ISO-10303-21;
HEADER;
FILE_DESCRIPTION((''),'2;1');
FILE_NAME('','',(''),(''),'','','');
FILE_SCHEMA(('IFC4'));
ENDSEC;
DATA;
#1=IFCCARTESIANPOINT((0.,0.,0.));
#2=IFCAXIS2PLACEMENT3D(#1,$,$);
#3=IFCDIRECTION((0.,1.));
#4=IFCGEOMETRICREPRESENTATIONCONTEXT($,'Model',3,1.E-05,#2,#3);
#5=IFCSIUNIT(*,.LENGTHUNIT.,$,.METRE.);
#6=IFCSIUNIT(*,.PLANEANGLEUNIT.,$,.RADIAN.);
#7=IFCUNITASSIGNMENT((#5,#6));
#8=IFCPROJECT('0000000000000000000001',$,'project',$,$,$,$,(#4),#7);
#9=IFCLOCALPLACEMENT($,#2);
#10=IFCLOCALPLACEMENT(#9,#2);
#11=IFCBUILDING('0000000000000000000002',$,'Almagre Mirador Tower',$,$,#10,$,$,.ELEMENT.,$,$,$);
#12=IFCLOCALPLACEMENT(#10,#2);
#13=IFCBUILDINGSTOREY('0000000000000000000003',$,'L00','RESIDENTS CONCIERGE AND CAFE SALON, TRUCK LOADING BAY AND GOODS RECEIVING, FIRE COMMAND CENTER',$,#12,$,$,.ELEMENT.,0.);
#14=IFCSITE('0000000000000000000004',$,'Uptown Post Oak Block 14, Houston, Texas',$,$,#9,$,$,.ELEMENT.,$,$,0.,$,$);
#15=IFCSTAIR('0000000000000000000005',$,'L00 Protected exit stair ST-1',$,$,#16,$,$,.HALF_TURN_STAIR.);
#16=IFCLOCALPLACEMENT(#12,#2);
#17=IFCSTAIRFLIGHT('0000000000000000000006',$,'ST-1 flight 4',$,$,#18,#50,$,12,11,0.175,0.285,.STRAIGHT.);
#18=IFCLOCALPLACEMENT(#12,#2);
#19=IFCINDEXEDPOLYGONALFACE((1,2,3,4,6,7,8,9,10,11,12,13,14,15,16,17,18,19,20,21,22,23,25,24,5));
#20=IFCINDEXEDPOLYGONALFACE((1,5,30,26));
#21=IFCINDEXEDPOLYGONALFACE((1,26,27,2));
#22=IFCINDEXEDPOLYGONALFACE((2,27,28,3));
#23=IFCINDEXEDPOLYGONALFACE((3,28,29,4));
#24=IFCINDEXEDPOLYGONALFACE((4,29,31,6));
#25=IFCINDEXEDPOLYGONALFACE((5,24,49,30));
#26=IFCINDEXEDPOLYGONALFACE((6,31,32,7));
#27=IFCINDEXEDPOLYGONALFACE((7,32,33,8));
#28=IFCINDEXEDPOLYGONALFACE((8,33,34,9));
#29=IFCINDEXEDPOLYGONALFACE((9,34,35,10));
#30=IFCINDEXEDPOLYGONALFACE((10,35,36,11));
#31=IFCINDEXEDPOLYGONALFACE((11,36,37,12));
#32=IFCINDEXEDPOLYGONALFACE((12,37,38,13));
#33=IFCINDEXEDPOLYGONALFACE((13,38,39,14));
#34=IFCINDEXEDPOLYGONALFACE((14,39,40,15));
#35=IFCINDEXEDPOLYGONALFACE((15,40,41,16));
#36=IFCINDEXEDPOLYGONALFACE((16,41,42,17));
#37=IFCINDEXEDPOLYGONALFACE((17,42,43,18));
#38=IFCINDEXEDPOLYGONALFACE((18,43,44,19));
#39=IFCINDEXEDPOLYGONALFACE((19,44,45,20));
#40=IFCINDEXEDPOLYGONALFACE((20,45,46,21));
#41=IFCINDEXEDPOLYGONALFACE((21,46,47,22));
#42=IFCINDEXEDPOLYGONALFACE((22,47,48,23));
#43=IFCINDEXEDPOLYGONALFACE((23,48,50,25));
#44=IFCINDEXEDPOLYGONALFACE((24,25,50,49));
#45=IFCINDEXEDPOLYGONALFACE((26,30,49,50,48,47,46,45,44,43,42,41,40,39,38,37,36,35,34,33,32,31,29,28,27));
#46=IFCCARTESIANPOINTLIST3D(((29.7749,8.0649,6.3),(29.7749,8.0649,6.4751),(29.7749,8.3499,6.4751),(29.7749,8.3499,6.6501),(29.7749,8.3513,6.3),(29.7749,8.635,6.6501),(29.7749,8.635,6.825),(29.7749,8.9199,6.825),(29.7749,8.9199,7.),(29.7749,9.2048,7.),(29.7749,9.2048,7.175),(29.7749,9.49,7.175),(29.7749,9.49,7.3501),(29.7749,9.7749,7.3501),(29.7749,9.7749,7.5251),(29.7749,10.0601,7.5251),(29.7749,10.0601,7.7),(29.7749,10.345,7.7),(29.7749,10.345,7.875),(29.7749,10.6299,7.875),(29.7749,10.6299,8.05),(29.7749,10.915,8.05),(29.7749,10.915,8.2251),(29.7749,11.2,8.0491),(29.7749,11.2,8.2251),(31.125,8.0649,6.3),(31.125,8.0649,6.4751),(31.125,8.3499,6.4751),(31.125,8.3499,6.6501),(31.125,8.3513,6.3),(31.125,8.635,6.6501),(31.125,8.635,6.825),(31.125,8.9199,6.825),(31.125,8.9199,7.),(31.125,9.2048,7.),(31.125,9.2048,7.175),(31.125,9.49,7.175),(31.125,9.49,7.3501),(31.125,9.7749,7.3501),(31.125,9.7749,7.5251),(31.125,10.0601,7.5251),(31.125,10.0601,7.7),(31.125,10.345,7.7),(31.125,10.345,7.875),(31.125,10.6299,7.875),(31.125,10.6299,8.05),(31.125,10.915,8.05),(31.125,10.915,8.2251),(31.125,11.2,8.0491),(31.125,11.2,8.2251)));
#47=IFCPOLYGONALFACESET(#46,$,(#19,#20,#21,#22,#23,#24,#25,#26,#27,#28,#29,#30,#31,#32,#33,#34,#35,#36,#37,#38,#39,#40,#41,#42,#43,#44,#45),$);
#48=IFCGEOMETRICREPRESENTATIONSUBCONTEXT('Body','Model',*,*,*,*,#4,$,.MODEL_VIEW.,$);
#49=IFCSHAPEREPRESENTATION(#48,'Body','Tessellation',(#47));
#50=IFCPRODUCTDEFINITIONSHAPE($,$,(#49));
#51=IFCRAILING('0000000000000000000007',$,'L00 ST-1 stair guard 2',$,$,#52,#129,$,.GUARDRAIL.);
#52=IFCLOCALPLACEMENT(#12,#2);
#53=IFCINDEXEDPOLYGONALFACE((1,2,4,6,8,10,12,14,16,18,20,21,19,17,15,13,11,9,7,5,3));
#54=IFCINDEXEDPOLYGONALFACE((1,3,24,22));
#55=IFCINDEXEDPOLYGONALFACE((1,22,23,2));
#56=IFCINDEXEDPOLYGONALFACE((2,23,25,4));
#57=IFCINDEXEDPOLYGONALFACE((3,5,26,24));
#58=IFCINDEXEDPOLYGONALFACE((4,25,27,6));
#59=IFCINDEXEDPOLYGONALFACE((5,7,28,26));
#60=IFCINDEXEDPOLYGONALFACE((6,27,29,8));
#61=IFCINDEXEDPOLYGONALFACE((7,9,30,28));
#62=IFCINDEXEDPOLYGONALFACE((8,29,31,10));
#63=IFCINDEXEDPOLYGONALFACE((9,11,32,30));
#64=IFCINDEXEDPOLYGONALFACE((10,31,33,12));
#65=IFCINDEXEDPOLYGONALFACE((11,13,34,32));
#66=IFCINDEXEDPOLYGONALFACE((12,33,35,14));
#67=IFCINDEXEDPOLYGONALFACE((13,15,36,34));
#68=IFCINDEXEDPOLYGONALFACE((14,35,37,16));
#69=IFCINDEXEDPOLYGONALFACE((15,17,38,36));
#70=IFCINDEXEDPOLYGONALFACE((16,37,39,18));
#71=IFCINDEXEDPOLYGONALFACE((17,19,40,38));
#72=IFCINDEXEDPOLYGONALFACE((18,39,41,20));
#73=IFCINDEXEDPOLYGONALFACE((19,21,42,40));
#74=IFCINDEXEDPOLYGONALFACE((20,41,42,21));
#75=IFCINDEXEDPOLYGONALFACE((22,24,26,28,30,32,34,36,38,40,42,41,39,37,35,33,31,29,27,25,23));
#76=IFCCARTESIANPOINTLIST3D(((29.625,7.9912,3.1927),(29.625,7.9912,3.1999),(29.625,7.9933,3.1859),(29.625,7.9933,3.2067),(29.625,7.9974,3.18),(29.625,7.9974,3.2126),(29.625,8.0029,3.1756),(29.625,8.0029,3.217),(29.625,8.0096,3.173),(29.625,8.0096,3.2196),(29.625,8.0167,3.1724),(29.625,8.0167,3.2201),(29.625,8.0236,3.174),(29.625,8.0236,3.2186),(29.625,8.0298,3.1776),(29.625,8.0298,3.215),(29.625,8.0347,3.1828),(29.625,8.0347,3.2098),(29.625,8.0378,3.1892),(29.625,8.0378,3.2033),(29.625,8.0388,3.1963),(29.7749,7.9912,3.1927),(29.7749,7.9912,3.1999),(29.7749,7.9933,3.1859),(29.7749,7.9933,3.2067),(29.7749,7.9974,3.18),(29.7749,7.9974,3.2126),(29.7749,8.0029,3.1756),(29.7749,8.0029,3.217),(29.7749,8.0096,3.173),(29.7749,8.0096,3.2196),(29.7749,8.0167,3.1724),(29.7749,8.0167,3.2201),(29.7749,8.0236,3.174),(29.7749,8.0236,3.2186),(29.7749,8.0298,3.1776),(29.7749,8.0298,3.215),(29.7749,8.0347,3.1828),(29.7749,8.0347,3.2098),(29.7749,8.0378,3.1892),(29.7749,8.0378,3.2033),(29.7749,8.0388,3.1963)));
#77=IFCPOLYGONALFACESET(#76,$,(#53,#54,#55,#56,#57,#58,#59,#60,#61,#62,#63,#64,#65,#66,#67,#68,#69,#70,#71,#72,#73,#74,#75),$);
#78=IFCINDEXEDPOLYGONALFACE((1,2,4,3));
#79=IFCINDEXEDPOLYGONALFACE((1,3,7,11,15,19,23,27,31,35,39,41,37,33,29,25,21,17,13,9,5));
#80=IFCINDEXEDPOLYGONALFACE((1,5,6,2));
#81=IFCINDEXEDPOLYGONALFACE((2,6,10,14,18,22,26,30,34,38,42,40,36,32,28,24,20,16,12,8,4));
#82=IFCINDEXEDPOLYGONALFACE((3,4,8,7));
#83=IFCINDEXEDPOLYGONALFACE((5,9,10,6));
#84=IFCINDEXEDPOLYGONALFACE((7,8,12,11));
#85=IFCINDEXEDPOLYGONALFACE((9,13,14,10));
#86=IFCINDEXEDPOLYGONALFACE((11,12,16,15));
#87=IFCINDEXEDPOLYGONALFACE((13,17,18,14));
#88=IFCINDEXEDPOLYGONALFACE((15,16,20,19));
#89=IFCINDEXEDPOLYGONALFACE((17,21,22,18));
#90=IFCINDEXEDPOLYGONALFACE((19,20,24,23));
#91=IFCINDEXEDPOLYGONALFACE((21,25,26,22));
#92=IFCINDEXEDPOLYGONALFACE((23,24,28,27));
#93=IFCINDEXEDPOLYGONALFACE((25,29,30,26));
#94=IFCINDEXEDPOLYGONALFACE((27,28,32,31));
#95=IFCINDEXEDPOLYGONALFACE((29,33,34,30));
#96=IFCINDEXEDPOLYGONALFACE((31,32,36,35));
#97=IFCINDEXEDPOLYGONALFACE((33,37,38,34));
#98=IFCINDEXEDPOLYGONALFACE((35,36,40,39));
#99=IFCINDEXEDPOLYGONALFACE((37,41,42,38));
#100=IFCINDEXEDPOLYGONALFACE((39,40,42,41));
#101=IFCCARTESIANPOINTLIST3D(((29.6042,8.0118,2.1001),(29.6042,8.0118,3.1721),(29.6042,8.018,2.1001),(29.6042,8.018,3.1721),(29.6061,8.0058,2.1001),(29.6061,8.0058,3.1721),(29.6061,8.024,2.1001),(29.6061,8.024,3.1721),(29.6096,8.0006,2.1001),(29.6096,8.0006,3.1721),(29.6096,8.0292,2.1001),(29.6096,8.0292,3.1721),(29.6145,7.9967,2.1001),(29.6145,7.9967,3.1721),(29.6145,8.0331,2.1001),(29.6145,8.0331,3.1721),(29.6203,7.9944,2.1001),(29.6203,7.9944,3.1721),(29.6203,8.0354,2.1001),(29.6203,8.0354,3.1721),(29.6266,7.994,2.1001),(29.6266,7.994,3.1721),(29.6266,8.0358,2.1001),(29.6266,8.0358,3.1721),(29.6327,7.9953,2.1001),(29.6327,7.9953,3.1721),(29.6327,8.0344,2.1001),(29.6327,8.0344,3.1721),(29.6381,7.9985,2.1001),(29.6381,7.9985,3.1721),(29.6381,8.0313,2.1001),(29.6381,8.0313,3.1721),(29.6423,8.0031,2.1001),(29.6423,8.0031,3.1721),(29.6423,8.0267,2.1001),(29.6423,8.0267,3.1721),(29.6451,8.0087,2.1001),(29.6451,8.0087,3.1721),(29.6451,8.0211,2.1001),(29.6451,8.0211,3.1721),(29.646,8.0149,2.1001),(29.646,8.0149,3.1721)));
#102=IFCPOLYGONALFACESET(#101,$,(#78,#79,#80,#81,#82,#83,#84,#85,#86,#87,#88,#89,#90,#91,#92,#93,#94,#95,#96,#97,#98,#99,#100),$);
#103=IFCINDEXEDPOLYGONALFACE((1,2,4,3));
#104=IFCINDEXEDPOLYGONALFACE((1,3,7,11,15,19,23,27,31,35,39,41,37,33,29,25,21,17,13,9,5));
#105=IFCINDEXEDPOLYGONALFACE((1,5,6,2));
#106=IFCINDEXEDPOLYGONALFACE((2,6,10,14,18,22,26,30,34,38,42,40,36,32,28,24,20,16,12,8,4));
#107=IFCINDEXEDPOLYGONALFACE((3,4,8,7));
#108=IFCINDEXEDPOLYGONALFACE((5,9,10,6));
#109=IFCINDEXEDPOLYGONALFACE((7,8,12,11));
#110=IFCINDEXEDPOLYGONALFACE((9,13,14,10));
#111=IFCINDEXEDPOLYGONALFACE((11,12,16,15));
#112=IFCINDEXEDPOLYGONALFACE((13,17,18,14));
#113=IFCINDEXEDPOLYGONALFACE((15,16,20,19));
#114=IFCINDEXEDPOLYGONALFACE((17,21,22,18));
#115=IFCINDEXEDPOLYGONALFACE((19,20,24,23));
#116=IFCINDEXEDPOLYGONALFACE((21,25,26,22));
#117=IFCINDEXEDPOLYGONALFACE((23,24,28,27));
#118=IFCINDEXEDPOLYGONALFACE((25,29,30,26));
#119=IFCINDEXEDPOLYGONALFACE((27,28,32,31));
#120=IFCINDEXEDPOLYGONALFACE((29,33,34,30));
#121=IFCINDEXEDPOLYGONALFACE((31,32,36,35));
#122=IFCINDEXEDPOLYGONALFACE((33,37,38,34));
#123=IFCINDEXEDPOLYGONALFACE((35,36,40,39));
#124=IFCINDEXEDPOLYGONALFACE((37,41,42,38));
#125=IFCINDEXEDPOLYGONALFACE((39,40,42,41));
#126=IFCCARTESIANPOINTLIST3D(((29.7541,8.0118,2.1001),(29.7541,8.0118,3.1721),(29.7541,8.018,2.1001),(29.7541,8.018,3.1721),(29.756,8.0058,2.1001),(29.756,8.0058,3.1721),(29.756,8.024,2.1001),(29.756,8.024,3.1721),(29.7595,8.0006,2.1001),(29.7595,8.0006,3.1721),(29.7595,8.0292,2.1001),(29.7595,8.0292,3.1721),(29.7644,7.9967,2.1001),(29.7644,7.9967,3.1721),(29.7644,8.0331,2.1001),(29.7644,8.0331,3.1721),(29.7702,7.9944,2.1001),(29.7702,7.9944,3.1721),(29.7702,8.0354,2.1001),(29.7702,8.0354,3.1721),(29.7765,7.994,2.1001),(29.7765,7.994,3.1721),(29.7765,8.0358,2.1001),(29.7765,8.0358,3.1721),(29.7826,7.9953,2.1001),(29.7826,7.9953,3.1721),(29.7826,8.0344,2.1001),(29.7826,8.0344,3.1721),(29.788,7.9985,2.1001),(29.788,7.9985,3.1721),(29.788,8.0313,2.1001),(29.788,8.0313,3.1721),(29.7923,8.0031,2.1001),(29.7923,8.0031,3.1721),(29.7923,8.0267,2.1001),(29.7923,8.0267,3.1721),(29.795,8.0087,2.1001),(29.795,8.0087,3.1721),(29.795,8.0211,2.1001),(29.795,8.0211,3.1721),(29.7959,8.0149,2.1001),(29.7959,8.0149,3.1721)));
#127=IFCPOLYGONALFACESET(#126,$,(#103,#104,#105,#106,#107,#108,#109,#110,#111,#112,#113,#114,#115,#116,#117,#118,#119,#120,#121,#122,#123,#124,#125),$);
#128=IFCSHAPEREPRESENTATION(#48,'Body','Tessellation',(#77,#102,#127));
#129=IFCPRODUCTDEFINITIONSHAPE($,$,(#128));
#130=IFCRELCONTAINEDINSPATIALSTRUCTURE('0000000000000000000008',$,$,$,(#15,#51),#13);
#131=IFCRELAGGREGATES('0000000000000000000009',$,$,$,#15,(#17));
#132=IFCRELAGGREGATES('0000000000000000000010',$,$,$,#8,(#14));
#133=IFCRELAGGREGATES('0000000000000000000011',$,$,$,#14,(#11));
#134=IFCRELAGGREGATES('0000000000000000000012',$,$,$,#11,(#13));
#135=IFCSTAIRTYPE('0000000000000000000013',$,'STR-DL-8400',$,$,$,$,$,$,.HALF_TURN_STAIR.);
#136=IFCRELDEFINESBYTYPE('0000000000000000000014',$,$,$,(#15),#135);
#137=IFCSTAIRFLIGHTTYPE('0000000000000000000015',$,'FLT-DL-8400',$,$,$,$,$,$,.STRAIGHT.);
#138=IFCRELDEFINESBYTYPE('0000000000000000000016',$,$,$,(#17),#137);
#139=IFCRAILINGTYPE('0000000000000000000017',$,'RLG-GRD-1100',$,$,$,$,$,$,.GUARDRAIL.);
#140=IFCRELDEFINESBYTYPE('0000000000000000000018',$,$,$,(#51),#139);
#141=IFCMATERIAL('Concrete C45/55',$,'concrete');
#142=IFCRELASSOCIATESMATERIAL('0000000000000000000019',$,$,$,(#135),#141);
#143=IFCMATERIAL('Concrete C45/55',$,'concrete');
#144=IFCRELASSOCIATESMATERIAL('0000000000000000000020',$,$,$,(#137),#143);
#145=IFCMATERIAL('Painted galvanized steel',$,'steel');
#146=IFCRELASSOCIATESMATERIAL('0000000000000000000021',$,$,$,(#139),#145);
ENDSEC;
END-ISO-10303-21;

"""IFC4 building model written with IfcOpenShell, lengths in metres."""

from ifc_helpers import new_model, si_unit, direction, frame, origin, origin_2d, place, context, subcontext, project, spatial, polyline, circle, outline, extrude, material, type_object, element, aggregate, save


model = new_model("IFC4")

# Units and contexts
model_context = context("Model", 3, precision=1e-05, world=origin(), true_north=direction((0.0, 1.0)))
body_context = subcontext(model_context, "Body", "Model", "MODEL_VIEW")
ifc_project = project(units=[si_unit("LENGTHUNIT", "METRE"), si_unit("PLANEANGLEUNIT", "RADIAN")], contexts=[model_context])

# Site, building, storey
site_placement = place(None, origin())
site = spatial("IfcSite", under=ifc_project, at=site_placement, Name="Uptown Post Oak Block 14, Houston, Texas", CompositionType="ELEMENT", RefElevation=0.0)
building_placement = place(site_placement, origin())
building = spatial("IfcBuilding", under=site, at=building_placement, Name="Almagre Mirador Tower", CompositionType="ELEMENT")
storey_placement = place(building_placement, origin())
storey = spatial("IfcBuildingStorey", under=building, at=storey_placement, Name="L00", Description="RESIDENTS CONCIERGE AND CAFE SALON, TRUCK LOADING BAY AND GOODS RECEIVING, FIRE COMMAND CENTER", CompositionType="ELEMENT", Elevation=0.0)

# Stair, stair flight
ifc_material_1 = material(Name="Concrete C45/55", Category="concrete")
stair_type = type_object("IfcStairType", Name="STR-DL-8400", PredefinedType="HALF_TURN_STAIR", material=ifc_material_1)
stair_placement = place(storey_placement, origin())
stair = element("IfcStair", 1, at=stair_placement, inside=storey, type_object=stair_type, Name="L00 Protected exit stair ST-1", PredefinedType="HALF_TURN_STAIR")
ifc_material_2 = material(Name="Concrete C45/55", Category="concrete")
stair_flight_type = type_object("IfcStairFlightType", Name="FLT-DL-8400", PredefinedType="STRAIGHT", material=ifc_material_2)
stair_flight_1_placement = place(storey_placement, frame((30.45, 8.0649, 6.3), z_axis=(0.0, 0.0, 1.0), x_axis=(0.0, 1.0, 0.0)))
stair_flight_1 = element("IfcStairFlight", 2, at=stair_flight_1_placement, type_object=stair_flight_type, Name="ST-1 flight 4", NumberOfRisers=12, NumberOfTreads=11, PredefinedType="STRAIGHT", RiserHeight=0.175, TreadLength=0.285, context=body_context, shape_type="SweptSolid", body=[
    extrude(outline(polyline([(0.0, 0.0), (0.0, 0.175), (0.2849, 0.175), (0.2849, 0.3501), (0.5701, 0.3501), (0.5701, 0.5249), (0.855, 0.5249), (0.855, 0.7), (1.1399, 0.7), (1.1399, 0.875), (1.425, 0.875), (1.425, 1.05), (1.71, 1.05), (1.71, 1.2251), (1.9951, 1.2251), (1.9951, 1.3999), (2.28, 1.3999), (2.28, 1.575), (2.5649, 1.575), (2.5649, 1.75), (2.8501, 1.75), (2.8501, 1.925), (3.135, 1.925), (3.135, 2.1001), (3.135, 1.749), (0.2864, 0.0), (0.0, 0.0)])), frame((0.0, 0.675, 0.0), z_axis=(0.0, -1.0, 0.0), x_axis=(1.0, 0.0, 0.0)), (0.0, 0.0, 1.0), 1.3501),
])
aggregate(stair, [stair_flight_1])

# Railing
ifc_material_3 = material(Name="Painted galvanized steel", Category="steel")
railing_type_1 = type_object("IfcRailingType", Name="RLG-GRD-1100", PredefinedType="GUARDRAIL", material=ifc_material_3)
railing_1_placement = place(storey_placement, frame((29.625, 8.0149, 2.1001)))
element("IfcRailing", 3, at=railing_1_placement, inside=storey, type_object=railing_type_1, Name="L00 ST-1 stair guard 2", PredefinedType="GUARDRAIL", context=body_context, shape_type="SweptSolid", body=[
    extrude(circle(Radius=0.0239, at=origin_2d()), frame((0.0, 0.0, 1.0962), z_axis=(1.0, 0.0, 0.0), x_axis=(0.0, 1.0, 0.0)), (0.0, 0.0, 1.0), 0.1499),
    extrude(circle(Radius=0.021, at=origin_2d()), origin(), (0.0, 0.0, 1.0), 1.072),
    extrude(circle(Radius=0.021, at=origin_2d()), frame((0.1499, 0.0, 0.0)), (0.0, 0.0, 1.0), 1.072),
])

save(model, "model.ifc")
